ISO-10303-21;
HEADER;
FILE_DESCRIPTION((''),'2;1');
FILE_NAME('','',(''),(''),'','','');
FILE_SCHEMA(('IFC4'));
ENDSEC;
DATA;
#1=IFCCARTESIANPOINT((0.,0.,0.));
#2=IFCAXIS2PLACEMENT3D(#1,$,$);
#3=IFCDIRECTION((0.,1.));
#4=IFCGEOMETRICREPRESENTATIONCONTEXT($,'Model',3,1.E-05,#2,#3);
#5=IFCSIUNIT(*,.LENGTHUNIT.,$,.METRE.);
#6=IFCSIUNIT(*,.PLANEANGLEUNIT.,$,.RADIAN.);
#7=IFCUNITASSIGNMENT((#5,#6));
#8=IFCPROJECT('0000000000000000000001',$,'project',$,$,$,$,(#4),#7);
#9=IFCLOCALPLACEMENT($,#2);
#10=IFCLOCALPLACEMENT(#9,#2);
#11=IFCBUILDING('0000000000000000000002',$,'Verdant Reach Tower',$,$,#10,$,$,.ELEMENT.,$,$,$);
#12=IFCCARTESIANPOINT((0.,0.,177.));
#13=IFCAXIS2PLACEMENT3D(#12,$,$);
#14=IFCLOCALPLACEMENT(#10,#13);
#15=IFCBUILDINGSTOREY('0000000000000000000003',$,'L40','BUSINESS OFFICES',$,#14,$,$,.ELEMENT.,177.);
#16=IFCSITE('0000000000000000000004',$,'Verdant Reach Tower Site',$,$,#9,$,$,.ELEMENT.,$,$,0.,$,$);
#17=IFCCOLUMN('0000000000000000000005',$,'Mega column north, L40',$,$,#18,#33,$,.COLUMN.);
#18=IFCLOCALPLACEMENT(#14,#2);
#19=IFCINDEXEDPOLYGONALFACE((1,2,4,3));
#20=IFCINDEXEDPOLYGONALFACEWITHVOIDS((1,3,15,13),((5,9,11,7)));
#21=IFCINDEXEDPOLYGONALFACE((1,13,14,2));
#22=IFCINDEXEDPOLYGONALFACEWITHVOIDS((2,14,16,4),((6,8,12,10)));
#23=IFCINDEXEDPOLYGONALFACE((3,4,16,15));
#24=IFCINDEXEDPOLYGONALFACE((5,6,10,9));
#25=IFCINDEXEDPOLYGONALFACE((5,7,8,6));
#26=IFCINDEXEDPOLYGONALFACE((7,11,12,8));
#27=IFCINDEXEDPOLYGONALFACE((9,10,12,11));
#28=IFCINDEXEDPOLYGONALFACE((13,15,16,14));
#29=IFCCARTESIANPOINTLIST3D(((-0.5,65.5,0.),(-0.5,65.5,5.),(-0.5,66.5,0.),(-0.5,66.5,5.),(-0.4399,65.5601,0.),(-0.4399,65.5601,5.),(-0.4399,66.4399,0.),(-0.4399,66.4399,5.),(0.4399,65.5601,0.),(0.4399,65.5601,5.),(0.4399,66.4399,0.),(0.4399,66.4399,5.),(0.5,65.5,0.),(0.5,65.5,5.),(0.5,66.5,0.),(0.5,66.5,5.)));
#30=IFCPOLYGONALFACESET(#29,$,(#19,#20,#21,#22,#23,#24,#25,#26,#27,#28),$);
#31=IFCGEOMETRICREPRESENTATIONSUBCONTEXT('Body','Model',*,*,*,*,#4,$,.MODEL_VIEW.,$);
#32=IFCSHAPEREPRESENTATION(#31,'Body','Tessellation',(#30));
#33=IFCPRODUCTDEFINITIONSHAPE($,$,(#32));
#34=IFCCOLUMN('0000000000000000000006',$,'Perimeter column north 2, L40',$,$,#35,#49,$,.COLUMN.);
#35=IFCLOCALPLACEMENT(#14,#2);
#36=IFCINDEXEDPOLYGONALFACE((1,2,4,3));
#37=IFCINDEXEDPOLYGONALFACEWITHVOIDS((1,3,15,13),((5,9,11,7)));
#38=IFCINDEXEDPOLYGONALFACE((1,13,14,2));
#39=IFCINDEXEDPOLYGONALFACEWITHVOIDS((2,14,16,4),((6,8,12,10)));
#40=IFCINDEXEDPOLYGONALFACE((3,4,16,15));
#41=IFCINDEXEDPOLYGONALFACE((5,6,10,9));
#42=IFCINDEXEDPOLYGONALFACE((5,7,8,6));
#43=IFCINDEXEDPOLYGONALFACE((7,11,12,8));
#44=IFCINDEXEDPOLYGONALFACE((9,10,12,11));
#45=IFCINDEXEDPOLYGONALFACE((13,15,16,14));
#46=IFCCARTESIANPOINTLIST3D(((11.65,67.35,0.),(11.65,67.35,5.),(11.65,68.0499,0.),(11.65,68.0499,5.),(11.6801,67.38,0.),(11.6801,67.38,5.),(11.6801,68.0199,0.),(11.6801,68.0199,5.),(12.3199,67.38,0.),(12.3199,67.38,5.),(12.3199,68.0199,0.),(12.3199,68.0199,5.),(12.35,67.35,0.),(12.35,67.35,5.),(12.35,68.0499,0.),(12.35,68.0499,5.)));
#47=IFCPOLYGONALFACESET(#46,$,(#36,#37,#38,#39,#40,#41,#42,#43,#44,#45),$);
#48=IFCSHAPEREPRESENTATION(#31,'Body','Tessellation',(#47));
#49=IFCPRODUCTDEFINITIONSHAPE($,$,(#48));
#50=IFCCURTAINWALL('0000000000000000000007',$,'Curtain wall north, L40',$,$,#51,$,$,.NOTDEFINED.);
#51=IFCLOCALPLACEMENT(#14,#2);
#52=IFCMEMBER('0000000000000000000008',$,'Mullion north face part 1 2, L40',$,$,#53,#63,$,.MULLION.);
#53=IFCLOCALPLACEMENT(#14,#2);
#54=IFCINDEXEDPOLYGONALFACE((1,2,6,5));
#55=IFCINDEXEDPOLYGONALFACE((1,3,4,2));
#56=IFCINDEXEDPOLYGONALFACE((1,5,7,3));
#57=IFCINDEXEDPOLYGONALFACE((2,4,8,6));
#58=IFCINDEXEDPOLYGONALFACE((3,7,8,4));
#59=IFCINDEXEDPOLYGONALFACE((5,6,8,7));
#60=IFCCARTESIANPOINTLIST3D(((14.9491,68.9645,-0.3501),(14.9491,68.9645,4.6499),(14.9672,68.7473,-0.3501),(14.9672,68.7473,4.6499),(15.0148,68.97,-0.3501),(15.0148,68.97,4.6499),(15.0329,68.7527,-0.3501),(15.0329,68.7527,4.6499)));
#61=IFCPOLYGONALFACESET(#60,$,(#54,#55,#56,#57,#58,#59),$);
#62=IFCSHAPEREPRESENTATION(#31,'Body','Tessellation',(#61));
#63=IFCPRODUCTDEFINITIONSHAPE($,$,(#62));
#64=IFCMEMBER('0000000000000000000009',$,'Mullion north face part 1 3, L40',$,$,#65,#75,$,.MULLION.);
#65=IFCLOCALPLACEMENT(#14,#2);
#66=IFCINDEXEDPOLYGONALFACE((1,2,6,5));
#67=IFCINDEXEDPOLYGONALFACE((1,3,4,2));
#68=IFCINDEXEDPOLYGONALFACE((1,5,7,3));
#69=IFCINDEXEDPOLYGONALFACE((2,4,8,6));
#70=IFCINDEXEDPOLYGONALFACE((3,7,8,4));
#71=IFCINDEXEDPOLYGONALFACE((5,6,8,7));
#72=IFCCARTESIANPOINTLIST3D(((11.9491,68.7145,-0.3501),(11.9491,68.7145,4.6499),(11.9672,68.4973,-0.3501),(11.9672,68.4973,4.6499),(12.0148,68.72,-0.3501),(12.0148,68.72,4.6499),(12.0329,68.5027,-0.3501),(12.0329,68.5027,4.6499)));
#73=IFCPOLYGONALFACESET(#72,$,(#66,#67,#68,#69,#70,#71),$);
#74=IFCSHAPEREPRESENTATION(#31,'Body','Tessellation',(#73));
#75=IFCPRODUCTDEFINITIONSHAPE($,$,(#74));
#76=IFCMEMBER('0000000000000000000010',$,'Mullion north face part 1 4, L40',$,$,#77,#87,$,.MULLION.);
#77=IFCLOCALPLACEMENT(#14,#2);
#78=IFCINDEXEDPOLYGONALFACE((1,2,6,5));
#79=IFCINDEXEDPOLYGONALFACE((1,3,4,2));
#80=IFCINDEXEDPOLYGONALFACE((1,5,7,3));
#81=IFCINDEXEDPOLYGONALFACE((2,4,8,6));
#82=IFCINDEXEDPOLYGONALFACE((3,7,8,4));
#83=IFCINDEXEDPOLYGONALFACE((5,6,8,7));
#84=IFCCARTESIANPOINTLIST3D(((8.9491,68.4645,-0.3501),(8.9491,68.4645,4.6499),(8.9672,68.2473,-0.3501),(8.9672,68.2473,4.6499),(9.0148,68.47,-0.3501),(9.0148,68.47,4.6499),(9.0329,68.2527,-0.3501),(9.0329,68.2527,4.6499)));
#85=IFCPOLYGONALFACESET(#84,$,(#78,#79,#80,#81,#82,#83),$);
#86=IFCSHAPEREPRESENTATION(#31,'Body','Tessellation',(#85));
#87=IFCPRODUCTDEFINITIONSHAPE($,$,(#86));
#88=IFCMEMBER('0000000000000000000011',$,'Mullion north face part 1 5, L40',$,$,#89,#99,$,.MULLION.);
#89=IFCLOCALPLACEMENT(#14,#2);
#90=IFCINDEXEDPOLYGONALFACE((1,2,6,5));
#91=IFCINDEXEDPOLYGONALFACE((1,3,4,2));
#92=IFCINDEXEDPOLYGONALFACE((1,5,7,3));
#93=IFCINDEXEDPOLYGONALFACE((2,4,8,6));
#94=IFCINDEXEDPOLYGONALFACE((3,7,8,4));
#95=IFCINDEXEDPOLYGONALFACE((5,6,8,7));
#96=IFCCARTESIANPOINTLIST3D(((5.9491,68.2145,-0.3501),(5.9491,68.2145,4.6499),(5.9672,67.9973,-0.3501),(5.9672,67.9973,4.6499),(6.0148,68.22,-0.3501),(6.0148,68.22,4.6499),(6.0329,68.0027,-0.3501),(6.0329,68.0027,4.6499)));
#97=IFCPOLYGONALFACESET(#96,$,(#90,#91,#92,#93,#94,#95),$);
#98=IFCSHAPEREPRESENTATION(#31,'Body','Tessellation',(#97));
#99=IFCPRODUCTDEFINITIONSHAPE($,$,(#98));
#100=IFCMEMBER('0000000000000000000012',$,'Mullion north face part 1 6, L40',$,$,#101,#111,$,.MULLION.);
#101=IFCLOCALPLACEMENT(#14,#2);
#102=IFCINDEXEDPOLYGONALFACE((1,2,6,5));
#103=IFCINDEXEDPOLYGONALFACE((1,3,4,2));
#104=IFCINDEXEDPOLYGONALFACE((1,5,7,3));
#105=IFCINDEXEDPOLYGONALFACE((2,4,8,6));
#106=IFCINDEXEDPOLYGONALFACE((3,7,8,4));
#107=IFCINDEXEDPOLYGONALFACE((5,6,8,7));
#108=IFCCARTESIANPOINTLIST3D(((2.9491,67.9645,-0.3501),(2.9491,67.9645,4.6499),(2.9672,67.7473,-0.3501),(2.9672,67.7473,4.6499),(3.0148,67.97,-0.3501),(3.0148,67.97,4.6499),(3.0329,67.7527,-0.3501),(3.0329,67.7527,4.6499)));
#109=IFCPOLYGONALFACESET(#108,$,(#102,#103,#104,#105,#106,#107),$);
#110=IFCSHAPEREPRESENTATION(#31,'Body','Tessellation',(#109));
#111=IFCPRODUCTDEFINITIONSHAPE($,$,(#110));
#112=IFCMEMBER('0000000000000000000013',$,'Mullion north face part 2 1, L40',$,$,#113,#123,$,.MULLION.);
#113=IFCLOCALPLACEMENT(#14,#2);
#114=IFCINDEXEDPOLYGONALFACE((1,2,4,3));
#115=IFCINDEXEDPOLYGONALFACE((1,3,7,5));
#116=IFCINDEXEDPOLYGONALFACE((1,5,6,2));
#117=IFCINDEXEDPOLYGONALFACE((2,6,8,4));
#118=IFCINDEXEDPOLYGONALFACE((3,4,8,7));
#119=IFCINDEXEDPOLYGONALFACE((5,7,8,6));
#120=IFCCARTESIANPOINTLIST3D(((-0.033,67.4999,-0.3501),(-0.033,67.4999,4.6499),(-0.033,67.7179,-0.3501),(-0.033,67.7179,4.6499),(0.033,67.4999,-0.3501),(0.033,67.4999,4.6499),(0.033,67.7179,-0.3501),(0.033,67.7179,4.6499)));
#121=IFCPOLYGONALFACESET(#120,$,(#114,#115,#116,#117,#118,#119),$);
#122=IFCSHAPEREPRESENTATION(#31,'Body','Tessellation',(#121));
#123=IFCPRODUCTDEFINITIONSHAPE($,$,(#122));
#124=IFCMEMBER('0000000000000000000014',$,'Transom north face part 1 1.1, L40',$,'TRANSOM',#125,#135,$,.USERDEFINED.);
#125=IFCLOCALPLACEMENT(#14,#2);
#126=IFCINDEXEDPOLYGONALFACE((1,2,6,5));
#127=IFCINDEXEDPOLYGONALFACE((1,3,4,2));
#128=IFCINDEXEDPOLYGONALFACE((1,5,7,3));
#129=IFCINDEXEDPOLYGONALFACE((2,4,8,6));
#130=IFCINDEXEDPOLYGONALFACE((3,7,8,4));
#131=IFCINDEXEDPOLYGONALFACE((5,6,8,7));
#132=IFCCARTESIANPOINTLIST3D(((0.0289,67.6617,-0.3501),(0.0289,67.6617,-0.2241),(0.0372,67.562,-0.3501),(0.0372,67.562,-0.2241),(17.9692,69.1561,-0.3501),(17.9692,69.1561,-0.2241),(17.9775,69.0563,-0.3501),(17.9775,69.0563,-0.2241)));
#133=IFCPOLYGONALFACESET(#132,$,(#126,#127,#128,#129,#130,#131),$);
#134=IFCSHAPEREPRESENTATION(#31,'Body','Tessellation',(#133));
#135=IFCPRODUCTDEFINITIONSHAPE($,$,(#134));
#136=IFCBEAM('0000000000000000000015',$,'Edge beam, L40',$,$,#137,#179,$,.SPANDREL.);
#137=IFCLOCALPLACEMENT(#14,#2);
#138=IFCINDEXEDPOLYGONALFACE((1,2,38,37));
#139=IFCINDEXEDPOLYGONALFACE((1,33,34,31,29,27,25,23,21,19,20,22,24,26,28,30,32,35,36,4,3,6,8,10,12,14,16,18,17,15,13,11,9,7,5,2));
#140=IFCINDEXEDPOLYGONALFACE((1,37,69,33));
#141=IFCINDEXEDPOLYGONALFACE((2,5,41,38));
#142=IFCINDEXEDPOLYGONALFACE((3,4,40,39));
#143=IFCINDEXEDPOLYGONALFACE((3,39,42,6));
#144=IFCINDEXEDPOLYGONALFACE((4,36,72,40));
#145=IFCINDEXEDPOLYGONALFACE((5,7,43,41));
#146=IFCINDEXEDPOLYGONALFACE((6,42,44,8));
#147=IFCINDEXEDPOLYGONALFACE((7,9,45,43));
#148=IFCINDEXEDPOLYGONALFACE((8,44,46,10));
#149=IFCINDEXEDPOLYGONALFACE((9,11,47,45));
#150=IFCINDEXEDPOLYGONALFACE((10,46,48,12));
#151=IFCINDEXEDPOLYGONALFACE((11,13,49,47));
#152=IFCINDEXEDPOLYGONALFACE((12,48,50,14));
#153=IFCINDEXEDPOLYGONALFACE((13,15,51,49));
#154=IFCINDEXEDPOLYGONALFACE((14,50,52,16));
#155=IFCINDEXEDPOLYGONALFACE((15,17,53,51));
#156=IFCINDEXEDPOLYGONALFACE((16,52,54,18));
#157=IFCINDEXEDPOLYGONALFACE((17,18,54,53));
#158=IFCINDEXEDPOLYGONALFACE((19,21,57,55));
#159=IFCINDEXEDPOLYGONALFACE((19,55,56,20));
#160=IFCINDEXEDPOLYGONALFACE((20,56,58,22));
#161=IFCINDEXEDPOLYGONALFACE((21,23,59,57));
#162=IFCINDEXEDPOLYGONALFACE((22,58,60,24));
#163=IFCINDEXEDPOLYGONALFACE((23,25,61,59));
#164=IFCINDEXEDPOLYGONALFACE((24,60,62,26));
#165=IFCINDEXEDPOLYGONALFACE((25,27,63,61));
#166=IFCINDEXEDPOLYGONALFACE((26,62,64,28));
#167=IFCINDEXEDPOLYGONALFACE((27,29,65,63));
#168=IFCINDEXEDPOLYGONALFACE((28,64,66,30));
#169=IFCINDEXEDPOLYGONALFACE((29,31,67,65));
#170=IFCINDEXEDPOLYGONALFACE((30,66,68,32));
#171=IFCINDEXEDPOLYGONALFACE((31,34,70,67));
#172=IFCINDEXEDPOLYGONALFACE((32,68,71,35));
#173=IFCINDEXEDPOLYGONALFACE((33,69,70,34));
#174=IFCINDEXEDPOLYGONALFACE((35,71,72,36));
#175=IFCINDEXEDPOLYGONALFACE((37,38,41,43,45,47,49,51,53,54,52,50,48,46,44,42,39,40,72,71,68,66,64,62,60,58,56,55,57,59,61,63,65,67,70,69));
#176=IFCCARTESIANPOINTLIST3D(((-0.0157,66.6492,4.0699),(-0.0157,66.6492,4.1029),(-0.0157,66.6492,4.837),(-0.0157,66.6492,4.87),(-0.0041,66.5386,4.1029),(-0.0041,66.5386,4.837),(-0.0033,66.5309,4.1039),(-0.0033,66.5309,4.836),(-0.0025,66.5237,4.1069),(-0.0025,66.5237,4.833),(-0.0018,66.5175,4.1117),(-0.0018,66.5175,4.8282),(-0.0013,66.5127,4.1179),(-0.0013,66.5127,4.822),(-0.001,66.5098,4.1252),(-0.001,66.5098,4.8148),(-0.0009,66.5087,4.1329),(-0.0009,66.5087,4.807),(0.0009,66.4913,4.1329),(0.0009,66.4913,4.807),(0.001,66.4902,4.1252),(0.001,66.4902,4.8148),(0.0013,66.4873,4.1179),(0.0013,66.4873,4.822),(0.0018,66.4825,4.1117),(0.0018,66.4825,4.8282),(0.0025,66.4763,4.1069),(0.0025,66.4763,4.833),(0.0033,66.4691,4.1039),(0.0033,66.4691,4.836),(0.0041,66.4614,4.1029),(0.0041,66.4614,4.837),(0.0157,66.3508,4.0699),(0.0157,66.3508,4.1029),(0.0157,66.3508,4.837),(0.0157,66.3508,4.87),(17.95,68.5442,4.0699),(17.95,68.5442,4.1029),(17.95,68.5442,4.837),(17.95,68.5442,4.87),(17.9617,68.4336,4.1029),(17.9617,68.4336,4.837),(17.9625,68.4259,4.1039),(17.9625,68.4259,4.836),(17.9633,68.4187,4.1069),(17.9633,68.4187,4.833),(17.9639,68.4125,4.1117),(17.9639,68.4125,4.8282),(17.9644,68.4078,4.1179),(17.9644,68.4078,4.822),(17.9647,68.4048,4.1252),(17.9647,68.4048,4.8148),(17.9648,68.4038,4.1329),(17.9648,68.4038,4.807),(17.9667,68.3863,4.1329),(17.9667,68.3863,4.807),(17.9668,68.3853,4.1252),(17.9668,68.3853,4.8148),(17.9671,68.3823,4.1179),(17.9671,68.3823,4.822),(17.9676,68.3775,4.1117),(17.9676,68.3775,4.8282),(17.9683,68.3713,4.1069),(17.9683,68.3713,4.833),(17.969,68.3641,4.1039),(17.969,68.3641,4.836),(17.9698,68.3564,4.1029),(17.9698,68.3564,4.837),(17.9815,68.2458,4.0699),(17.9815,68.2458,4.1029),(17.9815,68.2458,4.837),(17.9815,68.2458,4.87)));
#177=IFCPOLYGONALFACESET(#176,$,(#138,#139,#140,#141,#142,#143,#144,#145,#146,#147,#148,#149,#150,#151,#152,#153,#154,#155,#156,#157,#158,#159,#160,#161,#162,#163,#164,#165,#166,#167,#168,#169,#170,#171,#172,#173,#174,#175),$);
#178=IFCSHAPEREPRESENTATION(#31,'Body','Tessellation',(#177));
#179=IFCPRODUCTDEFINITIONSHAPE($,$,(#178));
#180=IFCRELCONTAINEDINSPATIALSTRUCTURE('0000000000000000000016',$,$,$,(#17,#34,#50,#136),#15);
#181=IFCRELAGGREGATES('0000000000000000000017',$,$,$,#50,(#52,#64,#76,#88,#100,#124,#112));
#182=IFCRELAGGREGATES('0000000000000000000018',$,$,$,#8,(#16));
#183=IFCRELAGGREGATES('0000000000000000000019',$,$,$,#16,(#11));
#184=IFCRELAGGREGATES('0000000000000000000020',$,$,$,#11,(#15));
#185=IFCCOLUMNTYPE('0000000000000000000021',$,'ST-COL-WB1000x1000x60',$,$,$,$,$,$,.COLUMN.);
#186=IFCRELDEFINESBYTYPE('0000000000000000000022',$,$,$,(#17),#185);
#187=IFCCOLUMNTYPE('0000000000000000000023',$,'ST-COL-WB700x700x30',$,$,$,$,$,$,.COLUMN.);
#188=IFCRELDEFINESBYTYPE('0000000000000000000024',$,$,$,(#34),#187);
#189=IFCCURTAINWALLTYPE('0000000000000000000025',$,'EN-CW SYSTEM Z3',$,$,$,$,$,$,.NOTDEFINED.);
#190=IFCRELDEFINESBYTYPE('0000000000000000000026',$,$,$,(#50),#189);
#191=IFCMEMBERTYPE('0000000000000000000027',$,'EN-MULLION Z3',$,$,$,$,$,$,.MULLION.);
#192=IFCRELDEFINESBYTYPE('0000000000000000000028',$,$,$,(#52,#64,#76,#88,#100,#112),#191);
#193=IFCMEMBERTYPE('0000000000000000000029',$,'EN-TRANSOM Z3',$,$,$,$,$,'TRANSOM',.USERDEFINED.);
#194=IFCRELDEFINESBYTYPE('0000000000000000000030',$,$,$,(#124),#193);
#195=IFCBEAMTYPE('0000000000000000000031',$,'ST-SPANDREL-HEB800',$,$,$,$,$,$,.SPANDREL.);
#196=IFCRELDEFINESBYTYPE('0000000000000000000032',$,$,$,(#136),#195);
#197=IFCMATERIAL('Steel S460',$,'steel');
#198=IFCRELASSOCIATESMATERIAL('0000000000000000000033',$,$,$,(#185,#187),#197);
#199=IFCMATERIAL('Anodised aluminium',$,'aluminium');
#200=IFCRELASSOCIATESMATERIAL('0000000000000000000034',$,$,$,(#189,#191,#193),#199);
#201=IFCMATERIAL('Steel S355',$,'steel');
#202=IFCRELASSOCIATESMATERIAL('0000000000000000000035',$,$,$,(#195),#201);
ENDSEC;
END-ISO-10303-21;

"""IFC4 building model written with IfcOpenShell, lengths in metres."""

from ifc_helpers import new_model, si_unit, direction, frame, origin, origin_2d, place, context, subcontext, project, spatial, rectangle, hollow_rectangle, i_section, extrude, material, material_profile, profile_set, type_object, element, aggregate, save


model = new_model("IFC4")

# Units and contexts
model_context = context("Model", 3, precision=1e-05, world=origin(), true_north=direction((0.0, 1.0)))
body_context = subcontext(model_context, "Body", "Model", "MODEL_VIEW")
ifc_project = project(units=[si_unit("LENGTHUNIT", "METRE"), si_unit("PLANEANGLEUNIT", "RADIAN")], contexts=[model_context])

# Site, building, storey
site_placement = place(None, origin())
site = spatial("IfcSite", under=ifc_project, at=site_placement, Name="Verdant Reach Tower Site", CompositionType="ELEMENT", RefElevation=0.0)
building_placement = place(site_placement, origin())
building = spatial("IfcBuilding", under=site, at=building_placement, Name="Verdant Reach Tower", CompositionType="ELEMENT")
storey_placement = place(building_placement, frame((0.0, 0.0, 177.0)))
storey = spatial("IfcBuildingStorey", under=building, at=storey_placement, Name="L40", Description="BUSINESS OFFICES", CompositionType="ELEMENT", Elevation=177.0)

# Columns
ifc_material_1 = material(Name="Steel S460", Category="steel")
ifc_material_profile_1 = material_profile(ifc_material_1, hollow_rectangle(XDim=1.0, YDim=1.0, WallThickness=0.0601, at=origin_2d()), Name="WB 1000x1000x60")
ifc_profile_set_1 = profile_set([ifc_material_profile_1], Name="Steel S460")
column_type_1 = type_object("IfcColumnType", Name="ST-COL-WB1000x1000x60", PredefinedType="COLUMN", material=ifc_profile_set_1)
column_1_placement = place(storey_placement, frame((0.0, 66.0, 0.0), z_axis=(0.0, 0.0, 1.0), x_axis=(1.0, 0.0, 0.0)))
element("IfcColumn", 1, at=column_1_placement, inside=storey, type_object=column_type_1, Name="Mega column north, L40", PredefinedType="COLUMN", context=body_context, shape_type="SweptSolid", body=[
    extrude(hollow_rectangle(XDim=1.0, YDim=1.0, WallThickness=0.0601, at=origin_2d()), origin(), (0.0, 0.0, 1.0), 5.0),
])
ifc_material_profile_2 = material_profile(ifc_material_1, hollow_rectangle(XDim=0.7, YDim=0.7, WallThickness=0.03, at=origin_2d()), Name="WB 700x700x30")
ifc_profile_set_2 = profile_set([ifc_material_profile_2], Name="Steel S460")
column_type_2 = type_object("IfcColumnType", Name="ST-COL-WB700x700x30", PredefinedType="COLUMN", material=ifc_profile_set_2)
column_2_placement = place(storey_placement, frame((12.0, 67.7, 0.0), z_axis=(0.0, 0.0, 1.0), x_axis=(1.0, 0.0, 0.0)))
element("IfcColumn", 2, at=column_2_placement, inside=storey, type_object=column_type_2, Name="Perimeter column north 2, L40", PredefinedType="COLUMN", context=body_context, shape_type="SweptSolid", body=[
    extrude(hollow_rectangle(XDim=0.7, YDim=0.7, WallThickness=0.03, at=origin_2d()), origin(), (0.0, 0.0, 1.0), 5.0),
])

# Curtain wall, members
ifc_material_2 = material(Name="Anodised aluminium", Category="aluminium")
curtain_wall_type = type_object("IfcCurtainWallType", Name="EN-CW SYSTEM Z3", PredefinedType="NOTDEFINED", material=ifc_material_2)
curtain_wall_placement = place(storey_placement, origin())
curtain_wall = element("IfcCurtainWall", 3, at=curtain_wall_placement, inside=storey, type_object=curtain_wall_type, Name="Curtain wall north, L40", PredefinedType="NOTDEFINED")
ifc_material_profile_3 = material_profile(ifc_material_2, rectangle(XDim=0.218, YDim=0.0659, at=origin_2d()), Name="Mullion 66x218")
ifc_profile_set_3 = profile_set([ifc_material_profile_3], Name="Anodised aluminium")
member_type_1 = type_object("IfcMemberType", Name="EN-MULLION Z3", PredefinedType="MULLION", material=ifc_profile_set_3)
member_1_placement = place(storey_placement, frame((14.991, 68.8586, -0.3501), z_axis=(0.0, 0.0, 1.0), x_axis=(-0.083045, 0.996546, 0.0)))
member_1 = element("IfcMember", 4, at=member_1_placement, type_object=member_type_1, Name="Mullion north face part 1 2, L40", PredefinedType="MULLION", context=body_context, shape_type="SweptSolid", body=[
    extrude(rectangle(XDim=0.218, YDim=0.0659, at=origin_2d()), origin(), (0.0, 0.0, 1.0), 5.0),
])
member_2_placement = place(storey_placement, frame((11.991, 68.6086, -0.3501), z_axis=(0.0, 0.0, 1.0), x_axis=(-0.083045, 0.996546, 0.0)))
member_2 = element("IfcMember", 5, at=member_2_placement, type_object=member_type_1, Name="Mullion north face part 1 3, L40", PredefinedType="MULLION", context=body_context, shape_type="SweptSolid", body=[
    extrude(rectangle(XDim=0.218, YDim=0.0659, at=origin_2d()), origin(), (0.0, 0.0, 1.0), 5.0),
])
member_3_placement = place(storey_placement, frame((8.991, 68.3586, -0.3501), z_axis=(0.0, 0.0, 1.0), x_axis=(-0.083045, 0.996546, 0.0)))
member_3 = element("IfcMember", 6, at=member_3_placement, type_object=member_type_1, Name="Mullion north face part 1 4, L40", PredefinedType="MULLION", context=body_context, shape_type="SweptSolid", body=[
    extrude(rectangle(XDim=0.218, YDim=0.0659, at=origin_2d()), origin(), (0.0, 0.0, 1.0), 5.0),
])
member_4_placement = place(storey_placement, frame((5.991, 68.1086, -0.3501), z_axis=(0.0, 0.0, 1.0), x_axis=(-0.083045, 0.996546, 0.0)))
member_4 = element("IfcMember", 7, at=member_4_placement, type_object=member_type_1, Name="Mullion north face part 1 5, L40", PredefinedType="MULLION", context=body_context, shape_type="SweptSolid", body=[
    extrude(rectangle(XDim=0.218, YDim=0.0659, at=origin_2d()), origin(), (0.0, 0.0, 1.0), 5.0),
])
member_5_placement = place(storey_placement, frame((2.991, 67.8586, -0.3501), z_axis=(0.0, 0.0, 1.0), x_axis=(-0.083045, 0.996546, 0.0)))
member_5 = element("IfcMember", 8, at=member_5_placement, type_object=member_type_1, Name="Mullion north face part 1 6, L40", PredefinedType="MULLION", context=body_context, shape_type="SweptSolid", body=[
    extrude(rectangle(XDim=0.218, YDim=0.0659, at=origin_2d()), origin(), (0.0, 0.0, 1.0), 5.0),
])
member_6_placement = place(storey_placement, frame((0.0, 67.6089, -0.3501), z_axis=(0.0, 0.0, 1.0), x_axis=(0.0, 1.0, 0.0)))
member_6 = element("IfcMember", 9, at=member_6_placement, type_object=member_type_1, Name="Mullion north face part 2 1, L40", PredefinedType="MULLION", context=body_context, shape_type="SweptSolid", body=[
    extrude(rectangle(XDim=0.218, YDim=0.0659, at=origin_2d()), origin(), (0.0, 0.0, 1.0), 5.0),
])
ifc_material_profile_4 = material_profile(ifc_material_2, rectangle(XDim=0.1001, YDim=0.126, at=origin_2d()), Name="Transom 126x100")
ifc_profile_set_4 = profile_set([ifc_material_profile_4], Name="Anodised aluminium")
member_type_2 = type_object("IfcMemberType", Name="EN-TRANSOM Z3", ElementType="TRANSOM", PredefinedType="USERDEFINED", material=ifc_profile_set_4)
member_7_placement = place(storey_placement, frame((17.9734, 69.1062, -0.2871), z_axis=(-0.996549, -0.08301, 0.0), x_axis=(0.08301, -0.996549, 0.0)))
member_7 = element("IfcMember", 10, at=member_7_placement, type_object=member_type_2, Name="Transom north face part 1 1.1, L40", ObjectType="TRANSOM", PredefinedType="USERDEFINED", context=body_context, shape_type="SweptSolid", body=[
    extrude(rectangle(XDim=0.1001, YDim=0.126, at=origin_2d()), origin(), (0.0, 0.0, 1.0), 18.0024),
])

# Beam
ifc_material_3 = material(Name="Steel S355", Category="steel")
ifc_material_profile_5 = material_profile(ifc_material_3, i_section(OverallWidth=0.3, OverallDepth=0.8, WebThickness=0.0176, FlangeThickness=0.033, FilletRadius=0.03, at=origin_2d()), Name="HEB 800")
ifc_profile_set_5 = profile_set([ifc_material_profile_5], Name="Steel S355")
beam_type_1 = type_object("IfcBeamType", Name="ST-SPANDREL-HEB800", PredefinedType="SPANDREL", material=ifc_profile_set_5)
beam_1_placement = place(storey_placement, frame((0.0, 66.5, 4.47), z_axis=(0.994483, 0.104897, 0.0), x_axis=(-0.104897, 0.994483, 0.0)))
element("IfcBeam", 11, at=beam_1_placement, inside=storey, type_object=beam_type_1, Name="Edge beam, L40", PredefinedType="SPANDREL", context=body_context, shape_type="SweptSolid", body=[
    extrude(i_section(OverallWidth=0.3, OverallDepth=0.8, WebThickness=0.0176, FlangeThickness=0.033, FilletRadius=0.03, at=origin_2d()), origin(), (0.0, 0.0, 1.0), 18.0654),
])

aggregate(curtain_wall, [member_1, member_2, member_3, member_4, member_5, member_7, member_6])

save(model, "model.ifc")
